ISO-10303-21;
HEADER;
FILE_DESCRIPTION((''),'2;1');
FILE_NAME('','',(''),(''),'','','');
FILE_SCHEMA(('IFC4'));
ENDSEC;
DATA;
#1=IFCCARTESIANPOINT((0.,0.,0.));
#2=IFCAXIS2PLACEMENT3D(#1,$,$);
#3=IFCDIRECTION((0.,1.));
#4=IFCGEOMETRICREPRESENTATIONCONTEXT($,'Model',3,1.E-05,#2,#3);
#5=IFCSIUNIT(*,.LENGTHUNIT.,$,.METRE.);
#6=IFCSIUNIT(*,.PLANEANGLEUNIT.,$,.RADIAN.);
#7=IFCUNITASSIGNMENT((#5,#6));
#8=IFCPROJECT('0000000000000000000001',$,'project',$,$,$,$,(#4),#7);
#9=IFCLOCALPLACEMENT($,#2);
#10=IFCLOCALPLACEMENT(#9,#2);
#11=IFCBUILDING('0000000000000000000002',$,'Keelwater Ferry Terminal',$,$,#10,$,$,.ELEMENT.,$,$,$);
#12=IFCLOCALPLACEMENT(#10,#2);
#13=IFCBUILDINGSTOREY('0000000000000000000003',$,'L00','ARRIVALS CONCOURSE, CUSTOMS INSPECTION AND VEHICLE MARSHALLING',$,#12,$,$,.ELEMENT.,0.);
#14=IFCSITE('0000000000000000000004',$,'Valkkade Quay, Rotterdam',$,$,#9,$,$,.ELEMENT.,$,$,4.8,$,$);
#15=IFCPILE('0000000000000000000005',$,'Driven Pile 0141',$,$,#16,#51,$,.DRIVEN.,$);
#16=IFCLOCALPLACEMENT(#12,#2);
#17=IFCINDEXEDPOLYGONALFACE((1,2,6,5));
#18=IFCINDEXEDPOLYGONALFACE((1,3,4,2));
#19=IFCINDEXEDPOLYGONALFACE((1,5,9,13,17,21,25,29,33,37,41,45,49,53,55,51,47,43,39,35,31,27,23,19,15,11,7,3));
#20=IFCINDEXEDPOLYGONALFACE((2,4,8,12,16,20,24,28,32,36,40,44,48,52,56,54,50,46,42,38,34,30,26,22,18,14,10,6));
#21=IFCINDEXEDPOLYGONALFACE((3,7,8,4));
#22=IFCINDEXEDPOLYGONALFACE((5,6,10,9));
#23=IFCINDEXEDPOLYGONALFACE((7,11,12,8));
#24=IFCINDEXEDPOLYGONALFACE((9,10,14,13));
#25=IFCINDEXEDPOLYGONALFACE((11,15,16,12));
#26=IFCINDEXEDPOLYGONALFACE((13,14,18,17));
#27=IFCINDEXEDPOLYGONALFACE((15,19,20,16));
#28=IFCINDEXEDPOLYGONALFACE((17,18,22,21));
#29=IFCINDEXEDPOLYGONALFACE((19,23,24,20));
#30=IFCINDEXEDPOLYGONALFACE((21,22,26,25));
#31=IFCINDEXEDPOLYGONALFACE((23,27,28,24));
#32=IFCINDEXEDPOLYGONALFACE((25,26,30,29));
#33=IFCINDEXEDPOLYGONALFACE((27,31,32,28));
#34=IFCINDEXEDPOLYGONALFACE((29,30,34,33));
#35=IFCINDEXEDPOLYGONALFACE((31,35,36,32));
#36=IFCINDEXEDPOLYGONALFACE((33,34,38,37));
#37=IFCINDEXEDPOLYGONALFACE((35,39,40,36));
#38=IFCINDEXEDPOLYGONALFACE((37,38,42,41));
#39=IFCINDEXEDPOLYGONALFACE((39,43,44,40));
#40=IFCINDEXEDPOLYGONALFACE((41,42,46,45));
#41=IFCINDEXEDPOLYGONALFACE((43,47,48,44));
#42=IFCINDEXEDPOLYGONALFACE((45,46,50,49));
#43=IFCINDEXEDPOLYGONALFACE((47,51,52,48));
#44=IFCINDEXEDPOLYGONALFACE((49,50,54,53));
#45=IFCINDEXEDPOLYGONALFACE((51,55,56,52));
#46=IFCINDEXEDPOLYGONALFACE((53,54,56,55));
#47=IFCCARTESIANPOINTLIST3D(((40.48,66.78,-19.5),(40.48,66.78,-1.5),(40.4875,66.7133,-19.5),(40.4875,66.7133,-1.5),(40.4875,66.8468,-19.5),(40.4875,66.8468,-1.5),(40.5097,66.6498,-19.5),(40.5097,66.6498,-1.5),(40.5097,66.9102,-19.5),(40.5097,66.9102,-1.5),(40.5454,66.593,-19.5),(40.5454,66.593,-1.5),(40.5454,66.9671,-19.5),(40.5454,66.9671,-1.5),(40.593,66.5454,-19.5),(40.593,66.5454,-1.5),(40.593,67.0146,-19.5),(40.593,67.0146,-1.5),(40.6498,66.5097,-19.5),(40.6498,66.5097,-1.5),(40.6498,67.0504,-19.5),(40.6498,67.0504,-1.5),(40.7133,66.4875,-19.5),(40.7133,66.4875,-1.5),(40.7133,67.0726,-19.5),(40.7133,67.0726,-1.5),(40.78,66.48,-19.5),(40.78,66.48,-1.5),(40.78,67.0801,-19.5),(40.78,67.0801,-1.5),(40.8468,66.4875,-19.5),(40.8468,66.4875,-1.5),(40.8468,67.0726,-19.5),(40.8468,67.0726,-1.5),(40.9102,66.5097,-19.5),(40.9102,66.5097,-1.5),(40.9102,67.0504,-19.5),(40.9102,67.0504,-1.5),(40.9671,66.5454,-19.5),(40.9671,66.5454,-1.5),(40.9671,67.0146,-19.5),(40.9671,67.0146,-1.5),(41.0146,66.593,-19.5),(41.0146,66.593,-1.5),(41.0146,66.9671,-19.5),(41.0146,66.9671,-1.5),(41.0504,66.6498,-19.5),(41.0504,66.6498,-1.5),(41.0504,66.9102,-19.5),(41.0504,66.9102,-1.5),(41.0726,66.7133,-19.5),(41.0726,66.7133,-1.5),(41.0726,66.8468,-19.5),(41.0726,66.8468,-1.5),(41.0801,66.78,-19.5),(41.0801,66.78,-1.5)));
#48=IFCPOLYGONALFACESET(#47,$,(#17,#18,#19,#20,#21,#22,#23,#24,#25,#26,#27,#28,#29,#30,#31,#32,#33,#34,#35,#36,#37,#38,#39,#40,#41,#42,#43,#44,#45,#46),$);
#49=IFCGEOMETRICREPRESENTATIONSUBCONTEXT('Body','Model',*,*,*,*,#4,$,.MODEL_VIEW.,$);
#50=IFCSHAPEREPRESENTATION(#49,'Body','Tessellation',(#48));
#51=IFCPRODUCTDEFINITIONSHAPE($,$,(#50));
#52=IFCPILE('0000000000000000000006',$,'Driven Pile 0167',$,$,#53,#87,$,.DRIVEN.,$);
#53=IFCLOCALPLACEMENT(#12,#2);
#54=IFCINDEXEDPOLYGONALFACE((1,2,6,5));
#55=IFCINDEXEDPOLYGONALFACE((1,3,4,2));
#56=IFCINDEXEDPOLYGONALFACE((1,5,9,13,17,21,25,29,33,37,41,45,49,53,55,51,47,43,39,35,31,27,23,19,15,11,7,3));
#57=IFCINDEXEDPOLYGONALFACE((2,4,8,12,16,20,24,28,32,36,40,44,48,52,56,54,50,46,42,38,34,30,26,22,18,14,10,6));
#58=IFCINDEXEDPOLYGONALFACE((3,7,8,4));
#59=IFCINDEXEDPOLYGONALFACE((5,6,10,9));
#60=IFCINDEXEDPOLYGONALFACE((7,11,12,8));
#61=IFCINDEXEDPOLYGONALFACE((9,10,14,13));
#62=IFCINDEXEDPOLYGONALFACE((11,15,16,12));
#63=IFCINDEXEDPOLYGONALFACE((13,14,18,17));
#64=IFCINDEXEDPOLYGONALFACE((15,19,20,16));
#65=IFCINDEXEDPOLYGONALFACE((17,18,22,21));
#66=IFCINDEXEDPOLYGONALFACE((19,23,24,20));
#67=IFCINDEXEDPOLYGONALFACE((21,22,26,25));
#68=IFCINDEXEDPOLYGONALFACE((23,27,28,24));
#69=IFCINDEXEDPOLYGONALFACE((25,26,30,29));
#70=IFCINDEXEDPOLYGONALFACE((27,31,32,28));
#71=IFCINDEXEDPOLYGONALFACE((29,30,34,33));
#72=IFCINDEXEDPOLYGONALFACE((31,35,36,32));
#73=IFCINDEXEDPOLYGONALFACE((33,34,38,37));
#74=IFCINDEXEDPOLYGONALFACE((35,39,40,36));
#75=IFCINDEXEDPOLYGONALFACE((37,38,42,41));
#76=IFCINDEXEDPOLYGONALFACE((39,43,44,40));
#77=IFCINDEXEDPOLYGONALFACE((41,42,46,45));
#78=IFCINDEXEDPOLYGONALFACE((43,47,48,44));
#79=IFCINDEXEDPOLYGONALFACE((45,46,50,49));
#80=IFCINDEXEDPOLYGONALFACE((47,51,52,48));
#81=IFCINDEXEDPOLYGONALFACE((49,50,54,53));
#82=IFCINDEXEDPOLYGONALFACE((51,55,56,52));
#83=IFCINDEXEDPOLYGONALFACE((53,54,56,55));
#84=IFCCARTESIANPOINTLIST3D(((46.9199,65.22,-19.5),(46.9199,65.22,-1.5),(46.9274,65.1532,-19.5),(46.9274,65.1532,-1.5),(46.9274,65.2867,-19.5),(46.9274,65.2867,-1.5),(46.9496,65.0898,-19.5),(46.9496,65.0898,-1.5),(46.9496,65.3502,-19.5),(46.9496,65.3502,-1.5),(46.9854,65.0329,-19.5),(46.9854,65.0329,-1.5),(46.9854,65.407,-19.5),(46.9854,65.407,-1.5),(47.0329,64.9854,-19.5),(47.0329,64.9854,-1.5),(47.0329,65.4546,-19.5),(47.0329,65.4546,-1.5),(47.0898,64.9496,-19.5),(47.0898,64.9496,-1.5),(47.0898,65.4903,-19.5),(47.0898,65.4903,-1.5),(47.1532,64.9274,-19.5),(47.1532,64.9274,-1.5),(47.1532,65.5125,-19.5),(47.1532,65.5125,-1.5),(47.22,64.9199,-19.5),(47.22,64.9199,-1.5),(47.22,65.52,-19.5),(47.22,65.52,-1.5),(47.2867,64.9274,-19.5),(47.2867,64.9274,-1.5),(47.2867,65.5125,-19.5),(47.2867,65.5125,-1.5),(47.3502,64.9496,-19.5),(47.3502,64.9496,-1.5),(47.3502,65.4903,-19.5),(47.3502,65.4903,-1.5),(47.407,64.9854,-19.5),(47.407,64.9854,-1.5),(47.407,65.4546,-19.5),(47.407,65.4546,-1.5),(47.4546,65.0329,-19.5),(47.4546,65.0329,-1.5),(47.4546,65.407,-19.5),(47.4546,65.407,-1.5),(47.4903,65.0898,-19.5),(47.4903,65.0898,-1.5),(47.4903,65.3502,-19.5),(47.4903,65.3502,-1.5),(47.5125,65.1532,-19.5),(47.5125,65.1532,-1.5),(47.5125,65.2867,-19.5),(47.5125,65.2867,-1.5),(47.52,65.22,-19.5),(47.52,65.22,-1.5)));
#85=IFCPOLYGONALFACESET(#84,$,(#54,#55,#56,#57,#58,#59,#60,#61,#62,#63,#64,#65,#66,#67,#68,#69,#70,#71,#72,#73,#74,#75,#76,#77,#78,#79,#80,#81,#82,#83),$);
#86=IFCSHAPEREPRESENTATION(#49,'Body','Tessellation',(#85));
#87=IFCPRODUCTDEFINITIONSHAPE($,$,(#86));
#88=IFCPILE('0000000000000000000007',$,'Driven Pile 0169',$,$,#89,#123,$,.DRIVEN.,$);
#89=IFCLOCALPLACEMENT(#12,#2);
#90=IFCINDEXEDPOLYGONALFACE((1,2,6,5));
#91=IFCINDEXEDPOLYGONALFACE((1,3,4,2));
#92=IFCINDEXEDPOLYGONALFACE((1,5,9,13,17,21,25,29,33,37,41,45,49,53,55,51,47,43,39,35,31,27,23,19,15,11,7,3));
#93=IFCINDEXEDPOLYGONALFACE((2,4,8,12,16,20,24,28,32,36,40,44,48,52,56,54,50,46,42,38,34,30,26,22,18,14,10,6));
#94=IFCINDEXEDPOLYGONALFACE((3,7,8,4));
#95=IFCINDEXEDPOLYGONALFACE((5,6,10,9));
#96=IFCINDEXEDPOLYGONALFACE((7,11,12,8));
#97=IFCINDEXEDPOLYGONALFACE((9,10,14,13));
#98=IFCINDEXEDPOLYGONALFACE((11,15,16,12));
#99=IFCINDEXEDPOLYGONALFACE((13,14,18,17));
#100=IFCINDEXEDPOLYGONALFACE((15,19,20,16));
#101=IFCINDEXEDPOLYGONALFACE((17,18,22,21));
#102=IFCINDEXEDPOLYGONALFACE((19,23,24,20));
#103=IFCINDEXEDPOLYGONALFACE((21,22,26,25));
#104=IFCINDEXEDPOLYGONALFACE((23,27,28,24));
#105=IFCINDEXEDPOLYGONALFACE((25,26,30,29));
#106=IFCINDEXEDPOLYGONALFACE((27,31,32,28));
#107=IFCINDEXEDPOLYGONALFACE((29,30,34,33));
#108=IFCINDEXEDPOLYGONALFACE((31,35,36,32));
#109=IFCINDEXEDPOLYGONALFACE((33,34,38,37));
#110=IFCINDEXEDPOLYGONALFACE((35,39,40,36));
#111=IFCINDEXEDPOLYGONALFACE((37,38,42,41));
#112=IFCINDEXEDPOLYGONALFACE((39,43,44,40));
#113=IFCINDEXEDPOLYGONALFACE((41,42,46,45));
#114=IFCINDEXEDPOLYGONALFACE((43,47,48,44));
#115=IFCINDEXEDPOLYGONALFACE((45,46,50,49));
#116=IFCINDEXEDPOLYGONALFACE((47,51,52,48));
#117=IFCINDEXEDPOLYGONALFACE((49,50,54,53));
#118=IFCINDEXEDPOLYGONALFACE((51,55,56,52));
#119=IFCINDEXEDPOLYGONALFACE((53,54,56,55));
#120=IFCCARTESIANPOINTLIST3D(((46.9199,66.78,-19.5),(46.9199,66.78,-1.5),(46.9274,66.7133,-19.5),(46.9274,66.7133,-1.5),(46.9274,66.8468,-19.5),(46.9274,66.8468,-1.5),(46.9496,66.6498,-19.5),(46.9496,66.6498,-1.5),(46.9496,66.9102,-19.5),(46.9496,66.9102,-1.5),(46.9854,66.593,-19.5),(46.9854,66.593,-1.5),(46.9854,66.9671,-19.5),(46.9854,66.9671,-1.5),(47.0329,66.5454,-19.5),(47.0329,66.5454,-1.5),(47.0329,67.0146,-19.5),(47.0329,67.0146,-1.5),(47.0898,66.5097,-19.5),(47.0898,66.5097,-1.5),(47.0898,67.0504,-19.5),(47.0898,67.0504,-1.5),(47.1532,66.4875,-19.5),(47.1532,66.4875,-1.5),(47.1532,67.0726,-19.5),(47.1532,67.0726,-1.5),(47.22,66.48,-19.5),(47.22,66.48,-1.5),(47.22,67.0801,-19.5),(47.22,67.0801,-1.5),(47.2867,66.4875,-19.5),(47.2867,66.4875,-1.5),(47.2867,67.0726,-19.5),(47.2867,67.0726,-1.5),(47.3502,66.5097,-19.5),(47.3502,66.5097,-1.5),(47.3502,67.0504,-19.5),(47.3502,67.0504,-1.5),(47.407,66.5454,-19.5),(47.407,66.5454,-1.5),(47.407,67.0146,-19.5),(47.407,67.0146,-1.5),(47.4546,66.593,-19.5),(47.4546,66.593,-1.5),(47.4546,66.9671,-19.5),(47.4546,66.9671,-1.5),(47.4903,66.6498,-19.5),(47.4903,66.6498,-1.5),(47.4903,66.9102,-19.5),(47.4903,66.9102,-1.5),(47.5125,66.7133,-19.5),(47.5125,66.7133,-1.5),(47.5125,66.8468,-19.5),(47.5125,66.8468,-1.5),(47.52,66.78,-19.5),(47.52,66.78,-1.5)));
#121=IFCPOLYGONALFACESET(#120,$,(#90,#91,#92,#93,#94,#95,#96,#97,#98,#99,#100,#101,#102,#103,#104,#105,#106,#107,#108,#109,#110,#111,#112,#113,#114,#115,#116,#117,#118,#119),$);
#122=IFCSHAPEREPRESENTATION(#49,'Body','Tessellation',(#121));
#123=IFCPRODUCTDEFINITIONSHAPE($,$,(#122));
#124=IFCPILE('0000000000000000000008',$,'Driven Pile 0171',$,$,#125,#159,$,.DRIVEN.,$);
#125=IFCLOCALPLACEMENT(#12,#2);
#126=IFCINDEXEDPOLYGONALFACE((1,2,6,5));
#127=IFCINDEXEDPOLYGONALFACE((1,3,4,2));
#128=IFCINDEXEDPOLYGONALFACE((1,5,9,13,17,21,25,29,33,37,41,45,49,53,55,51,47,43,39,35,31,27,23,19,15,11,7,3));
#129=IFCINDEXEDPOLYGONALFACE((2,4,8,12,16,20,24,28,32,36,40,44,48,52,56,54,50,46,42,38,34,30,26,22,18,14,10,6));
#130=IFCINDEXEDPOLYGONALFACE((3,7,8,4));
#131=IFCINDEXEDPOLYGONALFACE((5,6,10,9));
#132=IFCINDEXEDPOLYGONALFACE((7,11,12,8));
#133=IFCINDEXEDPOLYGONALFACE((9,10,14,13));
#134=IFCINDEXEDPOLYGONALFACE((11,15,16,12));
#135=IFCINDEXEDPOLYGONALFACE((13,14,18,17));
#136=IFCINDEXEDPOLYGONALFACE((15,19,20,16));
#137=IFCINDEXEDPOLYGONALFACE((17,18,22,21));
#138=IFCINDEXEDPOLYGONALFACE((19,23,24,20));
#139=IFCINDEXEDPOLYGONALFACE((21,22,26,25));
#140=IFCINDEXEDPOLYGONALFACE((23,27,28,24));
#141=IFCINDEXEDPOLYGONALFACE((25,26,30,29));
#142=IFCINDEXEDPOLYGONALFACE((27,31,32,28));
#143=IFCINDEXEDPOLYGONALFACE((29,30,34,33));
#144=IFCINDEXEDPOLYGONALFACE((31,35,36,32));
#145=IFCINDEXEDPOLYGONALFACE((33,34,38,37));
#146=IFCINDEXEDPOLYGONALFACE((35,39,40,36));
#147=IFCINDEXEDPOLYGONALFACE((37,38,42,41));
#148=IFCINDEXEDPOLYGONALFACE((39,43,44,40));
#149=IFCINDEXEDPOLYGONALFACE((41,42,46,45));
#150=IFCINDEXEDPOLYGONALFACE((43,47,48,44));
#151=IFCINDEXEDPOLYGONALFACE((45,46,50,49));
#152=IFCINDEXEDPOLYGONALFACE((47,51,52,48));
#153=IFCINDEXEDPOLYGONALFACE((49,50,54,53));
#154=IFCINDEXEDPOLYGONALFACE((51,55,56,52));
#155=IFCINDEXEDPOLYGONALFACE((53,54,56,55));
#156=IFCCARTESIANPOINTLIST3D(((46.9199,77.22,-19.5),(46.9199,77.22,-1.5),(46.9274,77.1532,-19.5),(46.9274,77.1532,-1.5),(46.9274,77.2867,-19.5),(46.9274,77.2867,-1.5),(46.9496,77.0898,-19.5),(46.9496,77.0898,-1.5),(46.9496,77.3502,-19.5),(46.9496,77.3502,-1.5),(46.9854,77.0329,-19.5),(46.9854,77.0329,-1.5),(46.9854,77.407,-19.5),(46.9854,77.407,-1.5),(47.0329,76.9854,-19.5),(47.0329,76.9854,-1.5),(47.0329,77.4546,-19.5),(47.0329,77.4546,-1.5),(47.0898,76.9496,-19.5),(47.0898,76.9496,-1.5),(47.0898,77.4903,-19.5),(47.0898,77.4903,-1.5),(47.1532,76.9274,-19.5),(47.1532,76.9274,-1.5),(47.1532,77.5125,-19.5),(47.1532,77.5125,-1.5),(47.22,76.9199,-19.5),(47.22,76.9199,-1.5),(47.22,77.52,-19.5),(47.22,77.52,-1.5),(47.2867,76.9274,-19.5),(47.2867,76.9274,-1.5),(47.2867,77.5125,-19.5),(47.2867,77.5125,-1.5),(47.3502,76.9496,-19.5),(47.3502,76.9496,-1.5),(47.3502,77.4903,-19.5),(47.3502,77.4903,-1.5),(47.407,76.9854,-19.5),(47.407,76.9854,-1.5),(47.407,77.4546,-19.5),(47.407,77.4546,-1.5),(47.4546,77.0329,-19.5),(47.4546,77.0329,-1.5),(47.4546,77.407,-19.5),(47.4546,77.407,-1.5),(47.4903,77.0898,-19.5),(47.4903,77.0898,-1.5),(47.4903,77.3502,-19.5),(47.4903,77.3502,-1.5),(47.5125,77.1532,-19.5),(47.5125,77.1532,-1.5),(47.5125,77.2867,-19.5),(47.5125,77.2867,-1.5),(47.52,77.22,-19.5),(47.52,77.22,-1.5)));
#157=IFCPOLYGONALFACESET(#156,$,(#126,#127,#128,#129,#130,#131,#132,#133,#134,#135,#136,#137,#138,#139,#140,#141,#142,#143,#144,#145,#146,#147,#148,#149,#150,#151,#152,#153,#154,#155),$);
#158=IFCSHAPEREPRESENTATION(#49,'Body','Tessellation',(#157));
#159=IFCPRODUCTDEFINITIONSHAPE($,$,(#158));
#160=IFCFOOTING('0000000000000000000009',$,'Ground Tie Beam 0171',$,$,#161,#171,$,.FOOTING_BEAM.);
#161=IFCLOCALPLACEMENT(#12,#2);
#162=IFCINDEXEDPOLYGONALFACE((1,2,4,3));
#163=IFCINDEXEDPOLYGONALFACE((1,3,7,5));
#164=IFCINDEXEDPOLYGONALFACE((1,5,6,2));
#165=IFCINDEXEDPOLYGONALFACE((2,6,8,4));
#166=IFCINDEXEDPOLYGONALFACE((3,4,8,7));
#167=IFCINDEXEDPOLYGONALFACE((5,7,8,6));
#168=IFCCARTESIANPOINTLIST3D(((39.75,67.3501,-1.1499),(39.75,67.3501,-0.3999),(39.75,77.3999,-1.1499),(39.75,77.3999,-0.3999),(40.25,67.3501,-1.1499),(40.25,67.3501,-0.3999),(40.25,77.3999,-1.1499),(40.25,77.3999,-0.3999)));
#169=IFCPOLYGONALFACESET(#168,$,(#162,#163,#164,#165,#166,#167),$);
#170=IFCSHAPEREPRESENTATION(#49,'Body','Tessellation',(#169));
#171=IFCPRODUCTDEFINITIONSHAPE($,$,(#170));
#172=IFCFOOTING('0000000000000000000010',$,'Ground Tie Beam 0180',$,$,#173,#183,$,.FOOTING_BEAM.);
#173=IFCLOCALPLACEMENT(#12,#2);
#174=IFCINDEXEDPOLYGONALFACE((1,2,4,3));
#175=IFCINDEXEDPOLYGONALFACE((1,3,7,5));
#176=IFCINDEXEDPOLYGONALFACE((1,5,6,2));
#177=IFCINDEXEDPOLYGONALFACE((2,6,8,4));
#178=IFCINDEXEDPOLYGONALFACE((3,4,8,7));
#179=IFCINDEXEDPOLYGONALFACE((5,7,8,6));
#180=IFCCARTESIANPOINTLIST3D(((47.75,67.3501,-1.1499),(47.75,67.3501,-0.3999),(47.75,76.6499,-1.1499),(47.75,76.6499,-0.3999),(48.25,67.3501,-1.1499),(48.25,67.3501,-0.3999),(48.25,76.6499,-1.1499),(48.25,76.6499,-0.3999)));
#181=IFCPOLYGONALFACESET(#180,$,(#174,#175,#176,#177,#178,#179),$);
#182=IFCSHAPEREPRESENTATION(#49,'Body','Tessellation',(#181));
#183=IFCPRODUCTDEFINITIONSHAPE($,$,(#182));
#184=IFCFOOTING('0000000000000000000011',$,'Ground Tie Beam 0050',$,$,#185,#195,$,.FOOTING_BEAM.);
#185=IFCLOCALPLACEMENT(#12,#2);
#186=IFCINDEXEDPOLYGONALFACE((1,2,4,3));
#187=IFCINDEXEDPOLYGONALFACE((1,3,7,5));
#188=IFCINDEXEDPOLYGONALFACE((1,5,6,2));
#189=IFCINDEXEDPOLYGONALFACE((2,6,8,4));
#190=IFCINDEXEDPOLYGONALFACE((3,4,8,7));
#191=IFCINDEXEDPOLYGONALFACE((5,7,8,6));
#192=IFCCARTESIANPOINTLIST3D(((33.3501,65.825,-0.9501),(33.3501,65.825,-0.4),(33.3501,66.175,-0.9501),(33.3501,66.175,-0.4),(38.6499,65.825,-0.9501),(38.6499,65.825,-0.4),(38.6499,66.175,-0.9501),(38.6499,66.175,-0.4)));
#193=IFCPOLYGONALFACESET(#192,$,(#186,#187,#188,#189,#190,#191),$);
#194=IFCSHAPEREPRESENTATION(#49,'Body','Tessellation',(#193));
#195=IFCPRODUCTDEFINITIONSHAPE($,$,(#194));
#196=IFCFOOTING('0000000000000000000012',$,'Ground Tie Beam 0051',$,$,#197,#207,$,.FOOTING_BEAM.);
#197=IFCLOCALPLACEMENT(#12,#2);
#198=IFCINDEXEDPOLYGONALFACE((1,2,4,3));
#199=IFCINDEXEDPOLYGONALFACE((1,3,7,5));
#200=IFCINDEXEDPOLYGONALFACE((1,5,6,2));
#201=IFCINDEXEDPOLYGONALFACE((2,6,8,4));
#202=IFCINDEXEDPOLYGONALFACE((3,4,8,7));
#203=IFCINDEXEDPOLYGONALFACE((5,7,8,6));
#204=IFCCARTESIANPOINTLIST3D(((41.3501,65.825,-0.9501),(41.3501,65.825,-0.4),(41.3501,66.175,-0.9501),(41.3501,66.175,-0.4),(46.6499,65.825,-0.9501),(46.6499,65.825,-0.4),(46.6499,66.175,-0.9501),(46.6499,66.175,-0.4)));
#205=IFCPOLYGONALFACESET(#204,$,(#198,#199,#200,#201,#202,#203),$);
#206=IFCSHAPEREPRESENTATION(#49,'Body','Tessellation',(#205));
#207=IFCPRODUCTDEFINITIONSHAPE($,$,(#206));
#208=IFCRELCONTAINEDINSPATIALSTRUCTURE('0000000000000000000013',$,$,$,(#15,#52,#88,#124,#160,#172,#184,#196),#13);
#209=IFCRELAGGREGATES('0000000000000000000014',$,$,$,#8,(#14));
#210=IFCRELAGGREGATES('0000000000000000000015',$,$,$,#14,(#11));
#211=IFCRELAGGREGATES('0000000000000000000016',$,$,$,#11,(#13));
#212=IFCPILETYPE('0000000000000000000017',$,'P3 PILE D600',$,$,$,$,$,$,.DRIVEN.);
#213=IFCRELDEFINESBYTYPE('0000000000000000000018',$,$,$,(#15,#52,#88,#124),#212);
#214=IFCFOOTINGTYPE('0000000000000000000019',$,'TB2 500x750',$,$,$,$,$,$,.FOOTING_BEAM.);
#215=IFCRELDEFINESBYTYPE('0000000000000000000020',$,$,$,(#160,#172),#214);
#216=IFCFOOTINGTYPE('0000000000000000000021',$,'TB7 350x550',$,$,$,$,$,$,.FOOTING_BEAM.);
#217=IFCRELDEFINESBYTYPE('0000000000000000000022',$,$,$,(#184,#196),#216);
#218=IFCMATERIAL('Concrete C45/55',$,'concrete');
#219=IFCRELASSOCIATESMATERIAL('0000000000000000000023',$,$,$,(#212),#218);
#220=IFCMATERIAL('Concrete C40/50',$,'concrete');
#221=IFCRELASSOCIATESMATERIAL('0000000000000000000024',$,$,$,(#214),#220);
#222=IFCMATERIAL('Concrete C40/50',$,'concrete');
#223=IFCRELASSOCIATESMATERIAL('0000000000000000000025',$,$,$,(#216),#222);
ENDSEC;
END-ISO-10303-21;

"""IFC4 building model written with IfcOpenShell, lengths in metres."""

from ifc_helpers import new_model, si_unit, direction, frame, origin, origin_2d, place, context, subcontext, project, spatial, rectangle, circle, extrude, material, material_profile, profile_set, type_object, element, save


model = new_model("IFC4")

# Units and contexts
model_context = context("Model", 3, precision=1e-05, world=origin(), true_north=direction((0.0, 1.0)))
body_context = subcontext(model_context, "Body", "Model", "MODEL_VIEW")
ifc_project = project(units=[si_unit("LENGTHUNIT", "METRE"), si_unit("PLANEANGLEUNIT", "RADIAN")], contexts=[model_context])

# Site, building, storey
site_placement = place(None, origin())
site = spatial("IfcSite", under=ifc_project, at=site_placement, Name="Valkkade Quay, Rotterdam", CompositionType="ELEMENT", RefElevation=4.8)
building_placement = place(site_placement, origin())
building = spatial("IfcBuilding", under=site, at=building_placement, Name="Keelwater Ferry Terminal", CompositionType="ELEMENT")
storey_placement = place(building_placement, origin())
storey = spatial("IfcBuildingStorey", under=building, at=storey_placement, Name="L00", Description="ARRIVALS CONCOURSE, CUSTOMS INSPECTION AND VEHICLE MARSHALLING", CompositionType="ELEMENT", Elevation=0.0)

# Piles
ifc_material_1 = material(Name="Concrete C45/55", Category="concrete")
ifc_material_profile_1 = material_profile(ifc_material_1, circle(Radius=0.3, at=origin_2d()), Name="PILE D600")
ifc_profile_set_1 = profile_set([ifc_material_profile_1], Name="Concrete C45/55")
pile_type = type_object("IfcPileType", Name="P3 PILE D600", PredefinedType="DRIVEN", material=ifc_profile_set_1)
for number, where, z_axis, x_axis, name in (
    (1, (40.78, 66.78, -1.5), (0.0, 0.0, -1.0), (1.0, 0.0, 0.0), "Driven Pile 0141"),
    (2, (47.22, 65.22, -1.5), (0.0, 0.0, -1.0), (1.0, 0.0, 0.0), "Driven Pile 0167"),
    (3, (47.22, 66.78, -1.5), (0.0, 0.0, -1.0), (1.0, 0.0, 0.0), "Driven Pile 0169"),
    (4, (47.22, 77.22, -1.5), (0.0, 0.0, -1.0), (1.0, 0.0, 0.0), "Driven Pile 0171"),
):
    element("IfcPile", number, at=place(storey_placement, frame(where, z_axis=z_axis, x_axis=x_axis)), inside=storey, type_object=pile_type, Name=name, PredefinedType="DRIVEN", context=body_context, shape_type="SweptSolid", body=[
        extrude(circle(Radius=0.3, at=origin_2d()), origin(), (0.0, 0.0, 1.0), 18.0),
    ])

# Footings
ifc_material_2 = material(Name="Concrete C40/50", Category="concrete")
ifc_material_profile_2 = material_profile(ifc_material_2, rectangle(XDim=0.5, YDim=0.75, at=origin_2d()), Name="TB 500x750")
ifc_profile_set_2 = profile_set([ifc_material_profile_2], Name="Concrete C40/50")
footing_type_1 = type_object("IfcFootingType", Name="TB2 500x750", PredefinedType="FOOTING_BEAM", material=ifc_profile_set_2)
footing_1_placement = place(storey_placement, frame((40.0, 67.3501, -0.7749), z_axis=(0.0, 1.0, 0.0), x_axis=(-1.0, 0.0, 0.0)))
element("IfcFooting", 5, at=footing_1_placement, inside=storey, type_object=footing_type_1, Name="Ground Tie Beam 0171", PredefinedType="FOOTING_BEAM", context=body_context, shape_type="SweptSolid", body=[
    extrude(rectangle(XDim=0.5, YDim=0.75, at=origin_2d()), origin(), (0.0, 0.0, 1.0), 10.0498),
])
footing_2_placement = place(storey_placement, frame((48.0, 67.3501, -0.7749), z_axis=(0.0, 1.0, 0.0), x_axis=(-1.0, 0.0, 0.0)))
element("IfcFooting", 6, at=footing_2_placement, inside=storey, type_object=footing_type_1, Name="Ground Tie Beam 0180", PredefinedType="FOOTING_BEAM", context=body_context, shape_type="SweptSolid", body=[
    extrude(rectangle(XDim=0.5, YDim=0.75, at=origin_2d()), origin(), (0.0, 0.0, 1.0), 9.2998),
])
ifc_material_3 = material(Name="Concrete C40/50", Category="concrete")
ifc_material_profile_3 = material_profile(ifc_material_3, rectangle(XDim=0.3501, YDim=0.55, at=origin_2d()), Name="TB 350x550")
ifc_profile_set_3 = profile_set([ifc_material_profile_3], Name="Concrete C40/50")
footing_type_2 = type_object("IfcFootingType", Name="TB7 350x550", PredefinedType="FOOTING_BEAM", material=ifc_profile_set_3)
for number, where, z_axis, x_axis, name in (
    (7, (33.3501, 66.0, -0.675), (1.0, 0.0, 0.0), (0.0, 1.0, 0.0), "Ground Tie Beam 0050"),
    (8, (41.3501, 66.0, -0.675), (1.0, 0.0, 0.0), (0.0, 1.0, 0.0), "Ground Tie Beam 0051"),
):
    element("IfcFooting", number, at=place(storey_placement, frame(where, z_axis=z_axis, x_axis=x_axis)), inside=storey, type_object=footing_type_2, Name=name, PredefinedType="FOOTING_BEAM", context=body_context, shape_type="SweptSolid", body=[
        extrude(rectangle(XDim=0.3501, YDim=0.55, at=origin_2d()), origin(), (0.0, 0.0, 1.0), 5.2998),
    ])

save(model, "model.ifc")
